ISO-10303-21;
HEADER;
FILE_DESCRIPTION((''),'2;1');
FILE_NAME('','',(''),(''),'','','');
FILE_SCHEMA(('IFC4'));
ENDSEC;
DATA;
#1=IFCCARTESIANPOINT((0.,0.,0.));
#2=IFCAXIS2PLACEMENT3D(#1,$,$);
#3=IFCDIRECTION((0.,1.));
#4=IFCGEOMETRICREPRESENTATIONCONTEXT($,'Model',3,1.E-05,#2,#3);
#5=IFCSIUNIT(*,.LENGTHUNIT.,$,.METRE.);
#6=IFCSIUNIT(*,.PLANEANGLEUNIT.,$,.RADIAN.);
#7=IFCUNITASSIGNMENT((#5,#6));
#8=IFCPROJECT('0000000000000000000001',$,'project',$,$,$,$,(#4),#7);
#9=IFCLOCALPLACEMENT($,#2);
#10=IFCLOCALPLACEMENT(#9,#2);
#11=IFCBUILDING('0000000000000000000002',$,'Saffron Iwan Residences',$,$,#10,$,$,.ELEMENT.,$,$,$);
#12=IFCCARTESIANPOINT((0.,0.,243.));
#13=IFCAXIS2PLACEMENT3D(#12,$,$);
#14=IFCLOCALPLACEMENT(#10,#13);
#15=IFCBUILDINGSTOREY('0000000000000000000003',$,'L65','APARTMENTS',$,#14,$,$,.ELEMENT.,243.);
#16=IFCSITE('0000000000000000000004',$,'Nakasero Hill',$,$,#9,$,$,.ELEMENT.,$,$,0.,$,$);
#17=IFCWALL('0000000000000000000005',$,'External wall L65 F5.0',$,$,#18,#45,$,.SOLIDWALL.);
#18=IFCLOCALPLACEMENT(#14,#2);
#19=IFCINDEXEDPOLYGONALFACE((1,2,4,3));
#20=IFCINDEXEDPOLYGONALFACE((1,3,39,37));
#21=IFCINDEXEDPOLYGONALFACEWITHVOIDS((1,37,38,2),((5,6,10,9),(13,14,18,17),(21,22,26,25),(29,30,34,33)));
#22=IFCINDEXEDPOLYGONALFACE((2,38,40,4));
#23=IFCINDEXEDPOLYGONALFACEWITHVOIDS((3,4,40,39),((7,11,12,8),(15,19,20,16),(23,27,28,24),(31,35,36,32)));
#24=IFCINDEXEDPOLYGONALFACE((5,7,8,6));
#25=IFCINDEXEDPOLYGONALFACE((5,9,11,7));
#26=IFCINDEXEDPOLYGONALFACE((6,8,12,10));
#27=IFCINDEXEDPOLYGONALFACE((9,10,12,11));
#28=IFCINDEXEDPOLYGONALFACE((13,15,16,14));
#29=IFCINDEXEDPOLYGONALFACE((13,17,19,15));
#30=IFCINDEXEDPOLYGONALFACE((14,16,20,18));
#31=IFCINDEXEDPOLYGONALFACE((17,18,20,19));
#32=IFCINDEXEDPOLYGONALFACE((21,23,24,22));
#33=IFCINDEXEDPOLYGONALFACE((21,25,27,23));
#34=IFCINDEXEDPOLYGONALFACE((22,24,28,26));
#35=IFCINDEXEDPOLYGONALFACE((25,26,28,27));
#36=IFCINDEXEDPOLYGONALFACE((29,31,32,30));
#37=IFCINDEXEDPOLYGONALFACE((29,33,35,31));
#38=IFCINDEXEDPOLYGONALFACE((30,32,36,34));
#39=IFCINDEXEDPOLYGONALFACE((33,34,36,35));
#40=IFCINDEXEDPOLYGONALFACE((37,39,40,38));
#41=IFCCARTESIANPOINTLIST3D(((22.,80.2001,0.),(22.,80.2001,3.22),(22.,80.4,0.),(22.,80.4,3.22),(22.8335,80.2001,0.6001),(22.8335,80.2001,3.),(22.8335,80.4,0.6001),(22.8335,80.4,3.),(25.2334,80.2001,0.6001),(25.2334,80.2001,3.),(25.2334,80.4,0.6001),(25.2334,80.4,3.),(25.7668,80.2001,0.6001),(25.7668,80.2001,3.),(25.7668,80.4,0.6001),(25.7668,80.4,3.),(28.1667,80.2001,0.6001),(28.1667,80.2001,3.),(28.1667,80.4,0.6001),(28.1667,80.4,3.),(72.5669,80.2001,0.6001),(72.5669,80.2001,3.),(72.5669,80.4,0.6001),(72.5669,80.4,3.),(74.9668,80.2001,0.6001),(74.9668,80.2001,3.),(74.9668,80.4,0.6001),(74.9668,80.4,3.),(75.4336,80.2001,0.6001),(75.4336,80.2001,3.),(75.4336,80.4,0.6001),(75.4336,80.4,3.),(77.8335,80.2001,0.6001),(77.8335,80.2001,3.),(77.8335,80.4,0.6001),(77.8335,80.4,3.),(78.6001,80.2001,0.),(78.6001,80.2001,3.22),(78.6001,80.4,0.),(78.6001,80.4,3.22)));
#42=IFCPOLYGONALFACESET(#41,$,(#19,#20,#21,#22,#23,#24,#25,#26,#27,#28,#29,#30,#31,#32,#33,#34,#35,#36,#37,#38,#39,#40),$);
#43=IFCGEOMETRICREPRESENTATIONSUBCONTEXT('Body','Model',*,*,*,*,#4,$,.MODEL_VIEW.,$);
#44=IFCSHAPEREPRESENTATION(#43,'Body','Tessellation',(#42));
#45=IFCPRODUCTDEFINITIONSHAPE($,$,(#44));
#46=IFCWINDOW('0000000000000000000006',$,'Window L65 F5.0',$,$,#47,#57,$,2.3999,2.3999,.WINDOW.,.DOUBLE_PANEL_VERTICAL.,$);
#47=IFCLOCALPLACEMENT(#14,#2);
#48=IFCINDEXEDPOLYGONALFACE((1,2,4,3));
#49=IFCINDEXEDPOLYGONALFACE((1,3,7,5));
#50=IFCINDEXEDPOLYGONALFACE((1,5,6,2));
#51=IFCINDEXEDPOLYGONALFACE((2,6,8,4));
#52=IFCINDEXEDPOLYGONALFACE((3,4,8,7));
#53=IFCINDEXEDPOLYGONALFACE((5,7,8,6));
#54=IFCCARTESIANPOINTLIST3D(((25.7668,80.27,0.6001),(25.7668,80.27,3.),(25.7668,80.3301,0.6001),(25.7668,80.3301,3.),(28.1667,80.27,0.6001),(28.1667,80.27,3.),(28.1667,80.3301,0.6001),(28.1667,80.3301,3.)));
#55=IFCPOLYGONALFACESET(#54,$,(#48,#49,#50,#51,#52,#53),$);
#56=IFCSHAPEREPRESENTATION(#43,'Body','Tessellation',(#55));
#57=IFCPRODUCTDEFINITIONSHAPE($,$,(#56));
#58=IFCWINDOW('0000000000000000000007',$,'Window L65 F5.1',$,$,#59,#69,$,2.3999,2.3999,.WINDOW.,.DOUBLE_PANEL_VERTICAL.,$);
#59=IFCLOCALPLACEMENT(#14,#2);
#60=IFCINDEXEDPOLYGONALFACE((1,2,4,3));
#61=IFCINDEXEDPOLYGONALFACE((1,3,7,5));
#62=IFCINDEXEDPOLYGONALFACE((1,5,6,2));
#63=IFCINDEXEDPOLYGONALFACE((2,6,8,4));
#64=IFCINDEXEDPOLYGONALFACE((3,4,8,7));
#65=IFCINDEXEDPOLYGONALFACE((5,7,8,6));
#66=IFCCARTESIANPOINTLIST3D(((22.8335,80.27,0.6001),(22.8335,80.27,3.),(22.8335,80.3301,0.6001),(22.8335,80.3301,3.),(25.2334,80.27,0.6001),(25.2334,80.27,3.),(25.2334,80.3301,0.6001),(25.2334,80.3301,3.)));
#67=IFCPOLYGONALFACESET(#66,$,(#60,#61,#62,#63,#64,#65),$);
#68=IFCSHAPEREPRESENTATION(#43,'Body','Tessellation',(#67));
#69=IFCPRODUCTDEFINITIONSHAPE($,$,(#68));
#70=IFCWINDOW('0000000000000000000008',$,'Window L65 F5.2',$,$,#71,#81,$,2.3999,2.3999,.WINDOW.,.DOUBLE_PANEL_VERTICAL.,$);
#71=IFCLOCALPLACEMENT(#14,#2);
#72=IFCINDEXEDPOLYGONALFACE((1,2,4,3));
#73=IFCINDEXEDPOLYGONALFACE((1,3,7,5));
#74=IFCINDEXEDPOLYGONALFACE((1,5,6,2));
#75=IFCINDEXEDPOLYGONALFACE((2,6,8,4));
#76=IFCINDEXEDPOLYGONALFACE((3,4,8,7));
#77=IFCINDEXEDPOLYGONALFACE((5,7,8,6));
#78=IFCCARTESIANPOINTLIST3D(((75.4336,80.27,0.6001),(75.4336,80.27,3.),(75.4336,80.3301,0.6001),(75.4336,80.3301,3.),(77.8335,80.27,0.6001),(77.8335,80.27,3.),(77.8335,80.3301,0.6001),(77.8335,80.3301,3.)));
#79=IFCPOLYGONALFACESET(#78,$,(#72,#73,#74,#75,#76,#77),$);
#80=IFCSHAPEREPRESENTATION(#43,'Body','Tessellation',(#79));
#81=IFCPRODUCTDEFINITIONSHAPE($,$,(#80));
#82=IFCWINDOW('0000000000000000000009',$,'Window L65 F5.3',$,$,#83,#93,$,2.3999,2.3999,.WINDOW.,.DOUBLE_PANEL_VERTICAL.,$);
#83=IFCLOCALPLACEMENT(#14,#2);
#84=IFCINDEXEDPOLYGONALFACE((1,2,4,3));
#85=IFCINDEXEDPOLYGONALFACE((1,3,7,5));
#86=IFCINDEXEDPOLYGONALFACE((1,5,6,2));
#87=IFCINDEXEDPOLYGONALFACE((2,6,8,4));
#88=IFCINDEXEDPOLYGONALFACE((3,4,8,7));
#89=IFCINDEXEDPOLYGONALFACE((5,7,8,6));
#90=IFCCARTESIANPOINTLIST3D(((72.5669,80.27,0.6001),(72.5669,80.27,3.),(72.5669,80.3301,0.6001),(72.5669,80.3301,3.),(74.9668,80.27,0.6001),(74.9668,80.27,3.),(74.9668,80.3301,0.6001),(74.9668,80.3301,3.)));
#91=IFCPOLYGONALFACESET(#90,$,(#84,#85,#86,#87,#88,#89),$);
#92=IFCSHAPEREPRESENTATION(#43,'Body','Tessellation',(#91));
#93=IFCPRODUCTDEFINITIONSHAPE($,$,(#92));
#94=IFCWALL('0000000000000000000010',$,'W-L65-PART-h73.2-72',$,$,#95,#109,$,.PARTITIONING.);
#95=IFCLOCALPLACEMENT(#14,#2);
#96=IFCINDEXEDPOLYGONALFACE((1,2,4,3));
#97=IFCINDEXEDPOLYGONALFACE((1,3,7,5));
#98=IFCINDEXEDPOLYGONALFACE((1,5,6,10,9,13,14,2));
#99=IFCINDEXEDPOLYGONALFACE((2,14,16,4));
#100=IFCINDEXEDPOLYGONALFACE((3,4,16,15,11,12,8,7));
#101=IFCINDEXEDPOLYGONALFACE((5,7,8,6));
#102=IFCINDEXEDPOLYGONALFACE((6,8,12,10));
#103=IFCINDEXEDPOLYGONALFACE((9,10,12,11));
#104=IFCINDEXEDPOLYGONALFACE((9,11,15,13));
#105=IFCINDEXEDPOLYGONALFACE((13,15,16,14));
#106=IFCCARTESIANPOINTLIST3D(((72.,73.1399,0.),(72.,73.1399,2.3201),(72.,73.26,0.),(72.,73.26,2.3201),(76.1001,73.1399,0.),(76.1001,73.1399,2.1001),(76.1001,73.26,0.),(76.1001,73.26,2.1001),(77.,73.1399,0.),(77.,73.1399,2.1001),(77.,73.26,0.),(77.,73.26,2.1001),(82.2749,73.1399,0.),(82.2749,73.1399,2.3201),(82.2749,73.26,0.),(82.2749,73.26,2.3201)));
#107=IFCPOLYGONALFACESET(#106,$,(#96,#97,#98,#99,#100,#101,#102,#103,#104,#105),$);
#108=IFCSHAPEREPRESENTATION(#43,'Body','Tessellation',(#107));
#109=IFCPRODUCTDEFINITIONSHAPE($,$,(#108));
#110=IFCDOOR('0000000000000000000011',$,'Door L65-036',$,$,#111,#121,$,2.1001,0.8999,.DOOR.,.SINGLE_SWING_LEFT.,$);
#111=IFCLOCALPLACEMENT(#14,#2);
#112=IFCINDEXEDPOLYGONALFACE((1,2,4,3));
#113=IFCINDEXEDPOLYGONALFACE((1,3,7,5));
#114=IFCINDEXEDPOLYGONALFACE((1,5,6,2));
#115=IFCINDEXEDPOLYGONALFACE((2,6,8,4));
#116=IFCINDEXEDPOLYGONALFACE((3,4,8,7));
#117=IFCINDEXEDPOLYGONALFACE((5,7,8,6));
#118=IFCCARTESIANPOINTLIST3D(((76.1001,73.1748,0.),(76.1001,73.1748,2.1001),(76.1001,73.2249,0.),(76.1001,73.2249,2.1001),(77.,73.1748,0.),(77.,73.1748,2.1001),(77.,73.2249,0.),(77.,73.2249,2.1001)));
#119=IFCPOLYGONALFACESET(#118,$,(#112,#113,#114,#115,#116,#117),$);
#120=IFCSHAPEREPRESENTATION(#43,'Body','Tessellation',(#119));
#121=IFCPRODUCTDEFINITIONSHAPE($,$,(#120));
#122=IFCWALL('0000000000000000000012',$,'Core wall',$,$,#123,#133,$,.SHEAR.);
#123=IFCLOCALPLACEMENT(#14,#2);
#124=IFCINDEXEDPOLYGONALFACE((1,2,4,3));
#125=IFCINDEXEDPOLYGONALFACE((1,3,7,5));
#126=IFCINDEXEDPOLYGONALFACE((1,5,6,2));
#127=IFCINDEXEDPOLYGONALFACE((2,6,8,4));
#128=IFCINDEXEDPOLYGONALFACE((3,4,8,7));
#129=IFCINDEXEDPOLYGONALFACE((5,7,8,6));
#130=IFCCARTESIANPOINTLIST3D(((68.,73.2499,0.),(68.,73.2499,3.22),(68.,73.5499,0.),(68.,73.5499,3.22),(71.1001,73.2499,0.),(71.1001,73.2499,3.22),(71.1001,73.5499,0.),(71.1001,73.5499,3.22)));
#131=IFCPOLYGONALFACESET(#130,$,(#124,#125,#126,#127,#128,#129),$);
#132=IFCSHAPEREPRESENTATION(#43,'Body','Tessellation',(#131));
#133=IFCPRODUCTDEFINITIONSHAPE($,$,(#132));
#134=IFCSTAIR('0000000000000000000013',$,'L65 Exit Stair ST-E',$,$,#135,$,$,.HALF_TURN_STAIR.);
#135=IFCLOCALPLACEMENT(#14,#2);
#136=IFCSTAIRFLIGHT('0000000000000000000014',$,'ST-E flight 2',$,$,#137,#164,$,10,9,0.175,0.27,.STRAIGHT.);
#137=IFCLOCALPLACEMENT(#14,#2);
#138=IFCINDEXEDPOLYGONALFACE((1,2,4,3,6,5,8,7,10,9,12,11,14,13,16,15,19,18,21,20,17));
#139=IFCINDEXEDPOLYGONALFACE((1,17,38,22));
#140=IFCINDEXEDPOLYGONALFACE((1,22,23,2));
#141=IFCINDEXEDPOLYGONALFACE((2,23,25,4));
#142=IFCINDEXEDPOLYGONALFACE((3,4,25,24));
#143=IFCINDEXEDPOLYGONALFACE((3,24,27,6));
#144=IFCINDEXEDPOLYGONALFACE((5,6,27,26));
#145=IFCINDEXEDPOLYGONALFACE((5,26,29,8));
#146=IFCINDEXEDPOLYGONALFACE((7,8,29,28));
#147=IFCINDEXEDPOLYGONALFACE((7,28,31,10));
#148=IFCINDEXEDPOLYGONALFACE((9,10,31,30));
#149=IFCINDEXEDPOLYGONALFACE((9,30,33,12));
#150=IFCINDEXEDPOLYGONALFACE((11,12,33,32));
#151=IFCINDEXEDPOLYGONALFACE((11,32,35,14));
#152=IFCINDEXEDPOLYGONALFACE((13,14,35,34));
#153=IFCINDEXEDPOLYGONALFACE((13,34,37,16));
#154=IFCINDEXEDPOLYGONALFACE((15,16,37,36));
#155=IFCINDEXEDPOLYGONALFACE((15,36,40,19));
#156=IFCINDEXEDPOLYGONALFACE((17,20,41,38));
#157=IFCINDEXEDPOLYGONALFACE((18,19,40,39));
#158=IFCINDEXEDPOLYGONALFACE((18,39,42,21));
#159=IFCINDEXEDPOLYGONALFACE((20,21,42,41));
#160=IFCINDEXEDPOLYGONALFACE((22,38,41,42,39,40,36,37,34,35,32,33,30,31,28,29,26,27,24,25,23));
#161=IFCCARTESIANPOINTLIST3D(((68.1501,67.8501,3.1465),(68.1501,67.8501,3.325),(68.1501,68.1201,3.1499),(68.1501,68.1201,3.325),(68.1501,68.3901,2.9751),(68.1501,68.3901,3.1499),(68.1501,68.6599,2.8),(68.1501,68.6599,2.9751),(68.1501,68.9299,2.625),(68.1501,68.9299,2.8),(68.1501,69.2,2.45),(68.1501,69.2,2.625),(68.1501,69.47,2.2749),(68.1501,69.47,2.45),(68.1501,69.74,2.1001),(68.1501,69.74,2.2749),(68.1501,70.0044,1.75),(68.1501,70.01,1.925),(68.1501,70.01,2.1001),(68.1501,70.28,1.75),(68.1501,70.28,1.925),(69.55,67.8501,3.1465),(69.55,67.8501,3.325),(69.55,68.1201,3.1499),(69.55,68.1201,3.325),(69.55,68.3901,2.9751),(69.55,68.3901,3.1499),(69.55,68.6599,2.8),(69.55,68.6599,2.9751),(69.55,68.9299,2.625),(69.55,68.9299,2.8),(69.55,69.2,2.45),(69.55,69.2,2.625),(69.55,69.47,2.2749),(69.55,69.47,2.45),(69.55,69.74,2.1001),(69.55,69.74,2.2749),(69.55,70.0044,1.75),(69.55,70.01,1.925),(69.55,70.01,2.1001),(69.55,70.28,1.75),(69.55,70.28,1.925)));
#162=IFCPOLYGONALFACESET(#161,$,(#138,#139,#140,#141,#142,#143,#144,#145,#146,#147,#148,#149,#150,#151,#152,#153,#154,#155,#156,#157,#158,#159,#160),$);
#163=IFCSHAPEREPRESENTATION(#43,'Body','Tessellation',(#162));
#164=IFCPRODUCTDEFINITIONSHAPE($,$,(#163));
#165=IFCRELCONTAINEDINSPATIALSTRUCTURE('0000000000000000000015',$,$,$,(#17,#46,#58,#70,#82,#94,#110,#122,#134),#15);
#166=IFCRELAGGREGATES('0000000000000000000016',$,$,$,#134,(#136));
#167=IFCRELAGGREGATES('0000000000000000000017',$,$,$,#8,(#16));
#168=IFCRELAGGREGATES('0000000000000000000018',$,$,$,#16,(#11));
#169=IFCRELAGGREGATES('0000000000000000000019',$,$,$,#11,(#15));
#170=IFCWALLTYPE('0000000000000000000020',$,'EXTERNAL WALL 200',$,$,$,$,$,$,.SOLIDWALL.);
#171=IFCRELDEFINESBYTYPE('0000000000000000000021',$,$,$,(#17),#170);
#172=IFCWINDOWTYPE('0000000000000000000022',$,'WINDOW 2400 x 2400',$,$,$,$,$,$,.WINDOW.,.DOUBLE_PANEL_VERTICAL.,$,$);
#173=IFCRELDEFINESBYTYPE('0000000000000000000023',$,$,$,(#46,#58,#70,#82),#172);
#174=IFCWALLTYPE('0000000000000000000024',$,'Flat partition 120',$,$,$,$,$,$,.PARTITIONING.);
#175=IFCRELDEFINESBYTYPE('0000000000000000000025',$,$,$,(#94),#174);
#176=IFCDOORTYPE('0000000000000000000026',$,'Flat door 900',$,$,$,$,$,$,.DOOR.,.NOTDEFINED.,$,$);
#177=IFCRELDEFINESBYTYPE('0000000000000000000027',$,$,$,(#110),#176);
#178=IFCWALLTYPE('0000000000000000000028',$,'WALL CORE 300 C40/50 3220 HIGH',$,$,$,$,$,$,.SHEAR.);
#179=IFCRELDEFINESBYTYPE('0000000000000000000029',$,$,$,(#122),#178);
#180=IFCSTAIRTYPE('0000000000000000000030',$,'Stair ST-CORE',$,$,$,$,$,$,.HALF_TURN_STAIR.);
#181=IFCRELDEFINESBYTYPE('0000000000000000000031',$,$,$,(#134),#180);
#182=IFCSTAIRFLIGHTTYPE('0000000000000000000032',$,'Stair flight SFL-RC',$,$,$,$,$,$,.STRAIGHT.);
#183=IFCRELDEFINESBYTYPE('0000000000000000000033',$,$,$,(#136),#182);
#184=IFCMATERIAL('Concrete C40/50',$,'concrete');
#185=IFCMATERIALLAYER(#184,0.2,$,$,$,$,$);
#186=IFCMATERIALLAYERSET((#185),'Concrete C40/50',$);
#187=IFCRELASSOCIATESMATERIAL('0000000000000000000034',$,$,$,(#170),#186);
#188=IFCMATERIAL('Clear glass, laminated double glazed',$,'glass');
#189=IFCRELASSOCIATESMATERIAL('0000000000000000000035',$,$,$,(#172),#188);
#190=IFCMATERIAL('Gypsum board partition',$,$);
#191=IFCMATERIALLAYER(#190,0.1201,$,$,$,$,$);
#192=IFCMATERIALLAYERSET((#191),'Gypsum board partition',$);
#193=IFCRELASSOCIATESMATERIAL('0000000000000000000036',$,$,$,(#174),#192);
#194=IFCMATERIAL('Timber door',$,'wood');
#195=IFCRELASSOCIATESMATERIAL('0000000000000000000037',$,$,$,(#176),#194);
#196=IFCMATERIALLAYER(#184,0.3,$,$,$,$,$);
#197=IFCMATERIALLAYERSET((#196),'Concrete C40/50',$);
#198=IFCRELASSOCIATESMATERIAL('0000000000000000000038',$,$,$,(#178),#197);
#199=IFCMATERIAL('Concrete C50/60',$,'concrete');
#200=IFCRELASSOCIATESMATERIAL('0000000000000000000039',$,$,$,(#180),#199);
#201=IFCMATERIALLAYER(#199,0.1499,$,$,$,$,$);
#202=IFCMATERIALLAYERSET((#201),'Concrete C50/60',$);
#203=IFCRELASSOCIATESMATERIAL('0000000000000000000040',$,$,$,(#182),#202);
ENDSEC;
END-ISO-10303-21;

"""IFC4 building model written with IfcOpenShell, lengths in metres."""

from ifc_helpers import new_model, si_unit, direction, frame, frame_2d, origin, place, context, subcontext, project, spatial, polyline, rectangle, outline, extrude, material, layer, layer_set, type_object, element, fill, aggregate, save


model = new_model("IFC4")

# Units and contexts
model_context = context("Model", 3, precision=1e-05, world=origin(), true_north=direction((0.0, 1.0)))
body_context = subcontext(model_context, "Body", "Model", "MODEL_VIEW")
ifc_project = project(units=[si_unit("LENGTHUNIT", "METRE"), si_unit("PLANEANGLEUNIT", "RADIAN")], contexts=[model_context])

# Site, building, storey
site_placement = place(None, origin())
site = spatial("IfcSite", under=ifc_project, at=site_placement, Name="Nakasero Hill", CompositionType="ELEMENT", RefElevation=0.0)
building_placement = place(site_placement, origin())
building = spatial("IfcBuilding", under=site, at=building_placement, Name="Saffron Iwan Residences", CompositionType="ELEMENT")
storey_placement = place(building_placement, frame((0.0, 0.0, 243.0)))
storey = spatial("IfcBuildingStorey", under=building, at=storey_placement, Name="L65", Description="APARTMENTS", CompositionType="ELEMENT", Elevation=243.0)

# Shared definitions
ifc_material_1 = material(Name="Concrete C40/50", Category="concrete")

# Shared definitions
ifc_layer_1 = layer(ifc_material_1, 0.2)
ifc_layer_set_1 = layer_set([ifc_layer_1], Name="Concrete C40/50")
wall_type_1 = type_object("IfcWallType", Name="EXTERNAL WALL 200", PredefinedType="SOLIDWALL", material=ifc_layer_set_1)
ifc_material_2 = material(Name="Clear glass, laminated double glazed", Category="glass")
window_type_1 = type_object("IfcWindowType", Name="WINDOW 2400 x 2400", PartitioningType="DOUBLE_PANEL_VERTICAL", PredefinedType="WINDOW", material=ifc_material_2)

# Wall, openings, windows
wall_1_placement = place(storey_placement, frame((78.6001, 80.3, 0.0), z_axis=(0.0, 0.0, 1.0), x_axis=(-1.0, 0.0, 0.0)))
wall_1 = element("IfcWall", 1, at=wall_1_placement, inside=storey, type_object=wall_type_1, Name="External wall L65 F5.0", PredefinedType="SOLIDWALL", context=body_context, shape_type="SweptSolid", body=[
    extrude(rectangle(XDim=56.6001, YDim=0.2, at=frame_2d((28.3, 0.0))), origin(), (0.0, 0.0, 1.0), 3.22),
])
opening_1_placement = place(wall_1_placement, frame((50.4333, 0.0, 0.6001)))
opening_1 = element("IfcOpeningElement", 2, at=opening_1_placement, cuts=wall_1, PredefinedType="OPENING", context=body_context, shape_type="SweptSolid", body=[
    extrude(rectangle(XDim=2.3999, YDim=2.3999, at=frame_2d((1.2, 1.2))), frame((0.0, 0.1099, 0.0), z_axis=(0.0, -1.0, 0.0), x_axis=(1.0, 0.0, 0.0)), (0.0, 0.0, 1.0), 0.22),
])
opening_2_placement = place(wall_1_placement, frame((53.3667, 0.0, 0.6001)))
opening_2 = element("IfcOpeningElement", 3, at=opening_2_placement, cuts=wall_1, PredefinedType="OPENING", context=body_context, shape_type="SweptSolid", body=[
    extrude(rectangle(XDim=2.3999, YDim=2.3999, at=frame_2d((1.2, 1.2))), frame((0.0, 0.1099, 0.0), z_axis=(0.0, -1.0, 0.0), x_axis=(1.0, 0.0, 0.0)), (0.0, 0.0, 1.0), 0.22),
])
opening_3_placement = place(wall_1_placement, frame((0.7666, 0.0, 0.6001)))
opening_3 = element("IfcOpeningElement", 4, at=opening_3_placement, cuts=wall_1, PredefinedType="OPENING", context=body_context, shape_type="SweptSolid", body=[
    extrude(rectangle(XDim=2.3999, YDim=2.3999, at=frame_2d((1.2, 1.2))), frame((0.0, 0.1099, 0.0), z_axis=(0.0, -1.0, 0.0), x_axis=(1.0, 0.0, 0.0)), (0.0, 0.0, 1.0), 0.22),
])
opening_4_placement = place(wall_1_placement, frame((3.6333, 0.0, 0.6001)))
opening_4 = element("IfcOpeningElement", 5, at=opening_4_placement, cuts=wall_1, PredefinedType="OPENING", context=body_context, shape_type="SweptSolid", body=[
    extrude(rectangle(XDim=2.3999, YDim=2.3999, at=frame_2d((1.2, 1.2))), frame((0.0, 0.1099, 0.0), z_axis=(0.0, -1.0, 0.0), x_axis=(1.0, 0.0, 0.0)), (0.0, 0.0, 1.0), 0.22),
])
window_1_placement = place(opening_1_placement, origin())
window_1 = element("IfcWindow", 6, at=window_1_placement, inside=storey, type_object=window_type_1, Name="Window L65 F5.0", OverallHeight=2.3999, OverallWidth=2.3999, PartitioningType="DOUBLE_PANEL_VERTICAL", PredefinedType="WINDOW", context=body_context, shape_type="SweptSolid", body=[
    extrude(rectangle(XDim=2.3999, YDim=2.3999, at=frame_2d((1.2, 1.2))), frame((0.0, 0.03, 0.0), z_axis=(0.0, -1.0, 0.0), x_axis=(1.0, 0.0, 0.0)), (0.0, 0.0, 1.0), 0.0601),
])
fill(opening_1, window_1)
window_2_placement = place(opening_2_placement, origin())
window_2 = element("IfcWindow", 7, at=window_2_placement, inside=storey, type_object=window_type_1, Name="Window L65 F5.1", OverallHeight=2.3999, OverallWidth=2.3999, PartitioningType="DOUBLE_PANEL_VERTICAL", PredefinedType="WINDOW", context=body_context, shape_type="SweptSolid", body=[
    extrude(rectangle(XDim=2.3999, YDim=2.3999, at=frame_2d((1.2, 1.2))), frame((0.0, 0.03, 0.0), z_axis=(0.0, -1.0, 0.0), x_axis=(1.0, 0.0, 0.0)), (0.0, 0.0, 1.0), 0.0601),
])
fill(opening_2, window_2)
window_3_placement = place(opening_3_placement, origin())
window_3 = element("IfcWindow", 8, at=window_3_placement, inside=storey, type_object=window_type_1, Name="Window L65 F5.2", OverallHeight=2.3999, OverallWidth=2.3999, PartitioningType="DOUBLE_PANEL_VERTICAL", PredefinedType="WINDOW", context=body_context, shape_type="SweptSolid", body=[
    extrude(rectangle(XDim=2.3999, YDim=2.3999, at=frame_2d((1.2, 1.2))), frame((0.0, 0.03, 0.0), z_axis=(0.0, -1.0, 0.0), x_axis=(1.0, 0.0, 0.0)), (0.0, 0.0, 1.0), 0.0601),
])
fill(opening_3, window_3)
window_4_placement = place(opening_4_placement, origin())
window_4 = element("IfcWindow", 9, at=window_4_placement, inside=storey, type_object=window_type_1, Name="Window L65 F5.3", OverallHeight=2.3999, OverallWidth=2.3999, PartitioningType="DOUBLE_PANEL_VERTICAL", PredefinedType="WINDOW", context=body_context, shape_type="SweptSolid", body=[
    extrude(rectangle(XDim=2.3999, YDim=2.3999, at=frame_2d((1.2, 1.2))), frame((0.0, 0.03, 0.0), z_axis=(0.0, -1.0, 0.0), x_axis=(1.0, 0.0, 0.0)), (0.0, 0.0, 1.0), 0.0601),
])
fill(opening_4, window_4)

# Wall, opening, door
ifc_material_3 = material(Name="Gypsum board partition")
ifc_layer_2 = layer(ifc_material_3, 0.1201)
ifc_layer_set_2 = layer_set([ifc_layer_2], Name="Gypsum board partition")
wall_type_2 = type_object("IfcWallType", Name="Flat partition 120", PredefinedType="PARTITIONING", material=ifc_layer_set_2)
wall_2_placement = place(storey_placement, frame((72.0, 73.2, 0.0), z_axis=(0.0, 0.0, 1.0), x_axis=(1.0, 0.0, 0.0)))
wall_2 = element("IfcWall", 10, at=wall_2_placement, inside=storey, type_object=wall_type_2, Name="W-L65-PART-h73.2-72", PredefinedType="PARTITIONING", context=body_context, shape_type="SweptSolid", body=[
    extrude(rectangle(XDim=10.2749, YDim=0.1201, at=frame_2d((5.1375, 0.0))), origin(), (0.0, 0.0, 1.0), 2.3201),
])
opening_5_placement = place(wall_2_placement, frame((4.1001, 0.0, 0.0)))
opening_5 = element("IfcOpeningElement", 11, at=opening_5_placement, cuts=wall_2, PredefinedType="OPENING", context=body_context, shape_type="SweptSolid", body=[
    extrude(rectangle(XDim=0.8999, YDim=2.1001, at=frame_2d((0.45, 1.05))), frame((0.0, 0.0701, 0.0), z_axis=(0.0, -1.0, 0.0), x_axis=(1.0, 0.0, 0.0)), (0.0, 0.0, 1.0), 0.1401),
])
ifc_material_4 = material(Name="Timber door", Category="wood")
door_type = type_object("IfcDoorType", Name="Flat door 900", OperationType="NOTDEFINED", PredefinedType="DOOR", material=ifc_material_4)
door_placement = place(opening_5_placement, origin())
door = element("IfcDoor", 12, at=door_placement, inside=storey, type_object=door_type, Name="Door L65-036", OperationType="SINGLE_SWING_LEFT", OverallHeight=2.1001, OverallWidth=0.8999, PredefinedType="DOOR", context=body_context, shape_type="SweptSolid", body=[
    extrude(rectangle(XDim=0.8999, YDim=2.1001, at=frame_2d((0.45, 1.05))), frame((0.0, 0.0249, 0.0), z_axis=(0.0, -1.0, 0.0), x_axis=(1.0, 0.0, 0.0)), (0.0, 0.0, 1.0), 0.05),
])
fill(opening_5, door)

# Wall
ifc_layer_3 = layer(ifc_material_1, 0.3)
ifc_layer_set_3 = layer_set([ifc_layer_3], Name="Concrete C40/50")
wall_type_3 = type_object("IfcWallType", Name="WALL CORE 300 C40/50 3220 HIGH", PredefinedType="SHEAR", material=ifc_layer_set_3)
wall_3_placement = place(storey_placement, frame((68.0, 73.3999, 0.0), z_axis=(0.0, 0.0, 1.0), x_axis=(1.0, 0.0, 0.0)))
element("IfcWall", 13, at=wall_3_placement, inside=storey, type_object=wall_type_3, Name="Core wall", PredefinedType="SHEAR", context=body_context, shape_type="SweptSolid", body=[
    extrude(rectangle(XDim=3.1001, YDim=0.3, at=frame_2d((1.55, 0.0))), origin(), (0.0, 0.0, 1.0), 3.22),
])

# Stair, stair flight
ifc_material_5 = material(Name="Concrete C50/60", Category="concrete")
stair_type = type_object("IfcStairType", Name="Stair ST-CORE", PredefinedType="HALF_TURN_STAIR", material=ifc_material_5)
stair_placement = place(storey_placement, origin())
stair = element("IfcStair", 14, at=stair_placement, inside=storey, type_object=stair_type, Name="L65 Exit Stair ST-E", PredefinedType="HALF_TURN_STAIR")
ifc_layer_4 = layer(ifc_material_5, 0.1499)
ifc_layer_set_4 = layer_set([ifc_layer_4], Name="Concrete C50/60")
stair_flight_type = type_object("IfcStairFlightType", Name="Stair flight SFL-RC", PredefinedType="STRAIGHT", material=ifc_layer_set_4)
stair_flight_placement = place(storey_placement, frame((68.8501, 70.28, 1.75), z_axis=(0.0, 0.0, 1.0), x_axis=(0.0, -1.0, 0.0)))
stair_flight = element("IfcStairFlight", 15, at=stair_flight_placement, type_object=stair_flight_type, Name="ST-E flight 2", NumberOfRisers=10, NumberOfTreads=9, PredefinedType="STRAIGHT", RiserHeight=0.175, TreadLength=0.27, context=body_context, shape_type="SweptSolid", body=[
    extrude(outline(polyline([(0.0, 0.0), (0.0, 0.175), (0.27, 0.175), (0.27, 0.3501), (0.54, 0.3501), (0.54, 0.5249), (0.8101, 0.5249), (0.8101, 0.7), (1.0801, 0.7), (1.0801, 0.875), (1.3501, 0.875), (1.3501, 1.05), (1.6201, 1.05), (1.6201, 1.2251), (1.8899, 1.2251), (1.8899, 1.3999), (2.1599, 1.3999), (2.1599, 1.575), (2.4299, 1.575), (2.4299, 1.75), (2.4299, 1.3965), (0.2756, 0.0), (0.0, 0.0)])), frame((0.0, 0.7, 0.0), z_axis=(0.0, -1.0, 0.0), x_axis=(1.0, 0.0, 0.0)), (0.0, 0.0, 1.0), 1.3999),
])
aggregate(stair, [stair_flight])

save(model, "model.ifc")
